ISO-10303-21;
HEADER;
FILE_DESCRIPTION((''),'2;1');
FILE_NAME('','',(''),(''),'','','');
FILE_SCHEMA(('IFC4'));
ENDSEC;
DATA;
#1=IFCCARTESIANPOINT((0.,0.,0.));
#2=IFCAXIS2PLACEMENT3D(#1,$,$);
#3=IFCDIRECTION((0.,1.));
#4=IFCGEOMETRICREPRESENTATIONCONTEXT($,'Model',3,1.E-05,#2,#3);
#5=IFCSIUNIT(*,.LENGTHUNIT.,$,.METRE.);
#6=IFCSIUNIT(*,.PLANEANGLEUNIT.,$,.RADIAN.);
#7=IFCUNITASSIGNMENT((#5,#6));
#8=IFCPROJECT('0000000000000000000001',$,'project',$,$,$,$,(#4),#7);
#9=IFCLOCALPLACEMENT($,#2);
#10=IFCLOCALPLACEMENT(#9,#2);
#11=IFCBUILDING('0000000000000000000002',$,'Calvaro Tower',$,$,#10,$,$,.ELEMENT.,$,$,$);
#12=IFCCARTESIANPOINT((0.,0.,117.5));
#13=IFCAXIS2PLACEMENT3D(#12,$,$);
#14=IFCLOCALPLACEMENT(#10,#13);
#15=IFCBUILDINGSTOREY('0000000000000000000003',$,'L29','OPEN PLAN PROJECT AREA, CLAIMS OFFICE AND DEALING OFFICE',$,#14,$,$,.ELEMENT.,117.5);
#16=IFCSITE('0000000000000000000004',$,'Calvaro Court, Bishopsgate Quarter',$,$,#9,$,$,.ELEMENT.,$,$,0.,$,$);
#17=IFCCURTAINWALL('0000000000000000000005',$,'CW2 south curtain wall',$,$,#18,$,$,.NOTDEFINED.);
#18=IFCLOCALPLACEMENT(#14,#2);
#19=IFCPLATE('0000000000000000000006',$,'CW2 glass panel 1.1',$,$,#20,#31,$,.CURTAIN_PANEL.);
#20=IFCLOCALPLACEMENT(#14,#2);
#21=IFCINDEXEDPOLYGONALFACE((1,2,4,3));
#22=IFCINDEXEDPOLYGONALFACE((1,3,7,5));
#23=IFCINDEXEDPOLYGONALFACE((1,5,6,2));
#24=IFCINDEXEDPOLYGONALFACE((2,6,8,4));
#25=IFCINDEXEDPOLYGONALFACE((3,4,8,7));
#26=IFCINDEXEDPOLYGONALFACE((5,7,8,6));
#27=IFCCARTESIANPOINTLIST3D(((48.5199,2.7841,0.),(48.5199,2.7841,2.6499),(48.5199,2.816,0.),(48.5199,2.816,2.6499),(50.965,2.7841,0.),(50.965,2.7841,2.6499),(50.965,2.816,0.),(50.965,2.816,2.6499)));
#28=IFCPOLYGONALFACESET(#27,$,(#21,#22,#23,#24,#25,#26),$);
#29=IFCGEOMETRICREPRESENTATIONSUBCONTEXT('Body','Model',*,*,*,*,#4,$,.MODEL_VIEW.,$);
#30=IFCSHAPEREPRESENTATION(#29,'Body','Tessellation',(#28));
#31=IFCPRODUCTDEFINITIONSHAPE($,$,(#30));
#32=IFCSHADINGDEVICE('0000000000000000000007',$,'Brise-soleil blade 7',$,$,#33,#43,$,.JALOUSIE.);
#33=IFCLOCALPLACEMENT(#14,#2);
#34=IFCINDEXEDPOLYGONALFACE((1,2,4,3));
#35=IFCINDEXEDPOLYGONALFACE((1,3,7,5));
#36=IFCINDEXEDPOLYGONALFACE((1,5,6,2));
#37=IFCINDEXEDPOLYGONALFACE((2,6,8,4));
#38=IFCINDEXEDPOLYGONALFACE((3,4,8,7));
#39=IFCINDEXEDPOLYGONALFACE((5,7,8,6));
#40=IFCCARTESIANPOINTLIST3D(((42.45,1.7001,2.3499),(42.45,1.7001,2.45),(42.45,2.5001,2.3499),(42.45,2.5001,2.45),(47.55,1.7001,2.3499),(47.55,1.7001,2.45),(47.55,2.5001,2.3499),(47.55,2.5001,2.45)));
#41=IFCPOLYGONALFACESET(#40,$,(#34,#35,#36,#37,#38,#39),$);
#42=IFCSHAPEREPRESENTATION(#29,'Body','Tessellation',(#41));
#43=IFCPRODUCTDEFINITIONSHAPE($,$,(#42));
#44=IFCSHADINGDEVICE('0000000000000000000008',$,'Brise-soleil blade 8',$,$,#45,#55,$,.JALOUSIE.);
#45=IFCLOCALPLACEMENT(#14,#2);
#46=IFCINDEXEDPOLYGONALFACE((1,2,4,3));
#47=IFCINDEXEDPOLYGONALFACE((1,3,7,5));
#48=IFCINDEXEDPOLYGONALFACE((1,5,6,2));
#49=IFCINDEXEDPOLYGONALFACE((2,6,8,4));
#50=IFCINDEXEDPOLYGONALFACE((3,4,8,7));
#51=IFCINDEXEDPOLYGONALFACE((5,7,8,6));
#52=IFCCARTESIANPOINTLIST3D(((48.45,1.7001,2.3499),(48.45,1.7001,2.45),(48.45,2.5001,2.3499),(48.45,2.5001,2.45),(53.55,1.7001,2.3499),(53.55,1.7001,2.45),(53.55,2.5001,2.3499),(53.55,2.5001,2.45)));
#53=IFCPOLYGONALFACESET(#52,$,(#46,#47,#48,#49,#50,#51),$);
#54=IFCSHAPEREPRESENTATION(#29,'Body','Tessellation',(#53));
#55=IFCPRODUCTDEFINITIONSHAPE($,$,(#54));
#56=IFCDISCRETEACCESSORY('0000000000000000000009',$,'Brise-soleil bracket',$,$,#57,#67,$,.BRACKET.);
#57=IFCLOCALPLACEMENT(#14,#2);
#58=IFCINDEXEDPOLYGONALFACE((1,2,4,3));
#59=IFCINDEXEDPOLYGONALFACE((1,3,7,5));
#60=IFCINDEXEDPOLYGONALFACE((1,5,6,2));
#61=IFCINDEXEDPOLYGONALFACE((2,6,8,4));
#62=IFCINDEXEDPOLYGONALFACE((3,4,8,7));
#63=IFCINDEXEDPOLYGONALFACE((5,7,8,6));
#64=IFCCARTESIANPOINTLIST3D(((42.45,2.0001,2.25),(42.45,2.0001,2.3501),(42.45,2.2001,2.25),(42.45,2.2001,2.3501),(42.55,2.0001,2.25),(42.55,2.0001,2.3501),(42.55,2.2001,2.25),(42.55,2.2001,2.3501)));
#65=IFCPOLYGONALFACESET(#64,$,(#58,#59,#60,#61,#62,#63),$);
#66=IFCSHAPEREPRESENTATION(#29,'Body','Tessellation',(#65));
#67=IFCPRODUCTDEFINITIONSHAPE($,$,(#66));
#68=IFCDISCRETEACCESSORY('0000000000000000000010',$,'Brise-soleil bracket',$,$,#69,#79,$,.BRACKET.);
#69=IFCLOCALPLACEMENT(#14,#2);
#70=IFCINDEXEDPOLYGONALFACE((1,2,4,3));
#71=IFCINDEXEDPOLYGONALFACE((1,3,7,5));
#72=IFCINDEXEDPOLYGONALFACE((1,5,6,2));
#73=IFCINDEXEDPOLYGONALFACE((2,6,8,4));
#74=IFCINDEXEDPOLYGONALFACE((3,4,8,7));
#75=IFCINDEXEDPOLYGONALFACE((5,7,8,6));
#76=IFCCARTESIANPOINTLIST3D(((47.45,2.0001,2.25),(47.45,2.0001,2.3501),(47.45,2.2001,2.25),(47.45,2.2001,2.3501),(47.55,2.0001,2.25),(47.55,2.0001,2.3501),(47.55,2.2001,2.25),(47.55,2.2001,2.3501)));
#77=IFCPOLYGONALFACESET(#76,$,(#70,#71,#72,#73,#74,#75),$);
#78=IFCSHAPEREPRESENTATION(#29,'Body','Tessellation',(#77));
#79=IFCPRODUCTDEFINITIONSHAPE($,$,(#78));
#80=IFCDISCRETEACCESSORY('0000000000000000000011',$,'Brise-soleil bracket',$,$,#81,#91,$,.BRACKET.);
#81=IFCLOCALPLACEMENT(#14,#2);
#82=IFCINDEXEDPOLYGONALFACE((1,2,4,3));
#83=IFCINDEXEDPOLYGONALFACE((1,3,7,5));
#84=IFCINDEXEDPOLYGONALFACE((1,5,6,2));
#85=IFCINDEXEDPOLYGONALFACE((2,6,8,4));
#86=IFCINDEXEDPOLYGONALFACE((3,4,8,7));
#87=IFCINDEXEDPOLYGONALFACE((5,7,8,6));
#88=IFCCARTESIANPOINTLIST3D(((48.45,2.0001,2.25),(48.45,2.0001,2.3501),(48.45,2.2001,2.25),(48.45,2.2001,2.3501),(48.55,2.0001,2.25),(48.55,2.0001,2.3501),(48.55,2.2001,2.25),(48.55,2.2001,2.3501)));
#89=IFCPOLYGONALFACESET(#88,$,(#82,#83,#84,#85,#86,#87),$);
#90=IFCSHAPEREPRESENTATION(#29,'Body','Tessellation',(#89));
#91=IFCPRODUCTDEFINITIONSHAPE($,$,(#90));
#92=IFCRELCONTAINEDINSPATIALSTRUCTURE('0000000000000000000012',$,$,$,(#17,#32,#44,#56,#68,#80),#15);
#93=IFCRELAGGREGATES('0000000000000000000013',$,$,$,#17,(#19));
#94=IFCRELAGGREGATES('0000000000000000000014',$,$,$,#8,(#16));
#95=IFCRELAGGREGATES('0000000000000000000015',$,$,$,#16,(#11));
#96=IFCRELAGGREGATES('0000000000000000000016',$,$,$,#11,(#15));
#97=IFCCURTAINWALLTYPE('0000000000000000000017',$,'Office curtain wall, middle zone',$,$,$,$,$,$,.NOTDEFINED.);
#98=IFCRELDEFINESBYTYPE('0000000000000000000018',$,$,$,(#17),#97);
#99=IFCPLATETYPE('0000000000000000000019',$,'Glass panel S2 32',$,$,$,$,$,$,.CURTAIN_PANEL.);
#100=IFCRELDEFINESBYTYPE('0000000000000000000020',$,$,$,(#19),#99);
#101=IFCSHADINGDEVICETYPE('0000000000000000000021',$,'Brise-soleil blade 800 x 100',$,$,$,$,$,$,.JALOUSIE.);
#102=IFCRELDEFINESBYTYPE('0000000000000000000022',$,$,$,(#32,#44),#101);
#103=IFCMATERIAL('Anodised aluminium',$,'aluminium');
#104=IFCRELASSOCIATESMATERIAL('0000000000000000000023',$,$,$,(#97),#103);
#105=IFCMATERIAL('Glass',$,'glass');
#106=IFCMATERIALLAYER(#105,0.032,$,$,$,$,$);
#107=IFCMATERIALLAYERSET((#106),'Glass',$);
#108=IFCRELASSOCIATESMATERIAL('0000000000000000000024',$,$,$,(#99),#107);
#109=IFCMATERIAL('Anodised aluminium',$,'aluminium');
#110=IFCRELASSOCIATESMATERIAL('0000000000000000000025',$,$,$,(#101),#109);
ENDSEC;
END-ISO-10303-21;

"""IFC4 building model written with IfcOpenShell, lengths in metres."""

from ifc_helpers import new_model, si_unit, direction, frame, origin, origin_2d, place, context, subcontext, project, spatial, rectangle, extrude, material, layer, layer_set, material_profile, profile_set, type_object, element, aggregate, save


model = new_model("IFC4")

# Units and contexts
model_context = context("Model", 3, precision=1e-05, world=origin(), true_north=direction((0.0, 1.0)))
body_context = subcontext(model_context, "Body", "Model", "MODEL_VIEW")
ifc_project = project(units=[si_unit("LENGTHUNIT", "METRE"), si_unit("PLANEANGLEUNIT", "RADIAN")], contexts=[model_context])

# Site, building, storey
site_placement = place(None, origin())
site = spatial("IfcSite", under=ifc_project, at=site_placement, Name="Calvaro Court, Bishopsgate Quarter", CompositionType="ELEMENT", RefElevation=0.0)
building_placement = place(site_placement, origin())
building = spatial("IfcBuilding", under=site, at=building_placement, Name="Calvaro Tower", CompositionType="ELEMENT")
storey_placement = place(building_placement, frame((0.0, 0.0, 117.5)))
storey = spatial("IfcBuildingStorey", under=building, at=storey_placement, Name="L29", Description="OPEN PLAN PROJECT AREA, CLAIMS OFFICE AND DEALING OFFICE", CompositionType="ELEMENT", Elevation=117.5)

# Curtain wall
ifc_material_1 = material(Name="Anodised aluminium", Category="aluminium")
curtain_wall_type = type_object("IfcCurtainWallType", Name="Office curtain wall, middle zone", PredefinedType="NOTDEFINED", material=ifc_material_1)
curtain_wall_1_placement = place(storey_placement, origin())
curtain_wall_1 = element("IfcCurtainWall", 1, at=curtain_wall_1_placement, inside=storey, type_object=curtain_wall_type, Name="CW2 south curtain wall", PredefinedType="NOTDEFINED")

# Plate
ifc_material_2 = material(Name="Glass", Category="glass")
ifc_layer = layer(ifc_material_2, 0.032)
ifc_layer_set = layer_set([ifc_layer], Name="Glass")
plate_type = type_object("IfcPlateType", Name="Glass panel S2 32", PredefinedType="CURTAIN_PANEL", material=ifc_layer_set)
plate_1_placement = place(storey_placement, frame((49.7424, 2.8, 0.0), z_axis=(0.0, 0.0, 1.0), x_axis=(1.0, 0.0, 0.0)))
plate_1 = element("IfcPlate", 2, at=plate_1_placement, type_object=plate_type, Name="CW2 glass panel 1.1", PredefinedType="CURTAIN_PANEL", context=body_context, shape_type="SweptSolid", body=[
    extrude(rectangle(XDim=2.4451, YDim=0.032, at=origin_2d()), origin(), (0.0, 0.0, 1.0), 2.6499),
])
aggregate(curtain_wall_1, [plate_1])

# Shading devices
ifc_material_3 = material(Name="Anodised aluminium", Category="aluminium")
ifc_material_profile_1 = material_profile(ifc_material_3, rectangle(XDim=0.8, YDim=0.1001, at=origin_2d()), Name="Brise-soleil blade 800 x 100")
ifc_profile_set_1 = profile_set([ifc_material_profile_1], Name="Anodised aluminium")
shading_device_type = type_object("IfcShadingDeviceType", Name="Brise-soleil blade 800 x 100", PredefinedType="JALOUSIE", material=ifc_profile_set_1)
for number, where, z_axis, x_axis, name in (
    (3, (42.45, 2.1001, 2.3999), (1.0, 0.0, 0.0), (0.0, 1.0, 0.0), "Brise-soleil blade 7"),
    (4, (48.45, 2.1001, 2.3999), (1.0, 0.0, 0.0), (0.0, 1.0, 0.0), "Brise-soleil blade 8"),
):
    element("IfcShadingDevice", number, at=place(storey_placement, frame(where, z_axis=z_axis, x_axis=x_axis)), inside=storey, type_object=shading_device_type, Name=name, PredefinedType="JALOUSIE", context=body_context, shape_type="SweptSolid", body=[
        extrude(rectangle(XDim=0.8, YDim=0.1001, at=origin_2d()), origin(), (0.0, 0.0, 1.0), 5.1001),
    ])

# Discrete accessories
for number, where, z_axis, x_axis, name in (
    (5, (42.5, 2.1001, 2.25), (0.0, 0.0, 1.0), (1.0, 0.0, 0.0), "Brise-soleil bracket"),
    (6, (47.5, 2.1001, 2.25), (0.0, 0.0, 1.0), (1.0, 0.0, 0.0), "Brise-soleil bracket"),
    (7, (48.5, 2.1001, 2.25), (0.0, 0.0, 1.0), (1.0, 0.0, 0.0), "Brise-soleil bracket"),
):
    element("IfcDiscreteAccessory", number, at=place(storey_placement, frame(where, z_axis=z_axis, x_axis=x_axis)), inside=storey, Name=name, PredefinedType="BRACKET", context=body_context, shape_type="SweptSolid", body=[
        extrude(rectangle(XDim=0.1001, YDim=0.2, at=origin_2d()), origin(), (0.0, 0.0, 1.0), 0.1001),
    ])

save(model, "model.ifc")
